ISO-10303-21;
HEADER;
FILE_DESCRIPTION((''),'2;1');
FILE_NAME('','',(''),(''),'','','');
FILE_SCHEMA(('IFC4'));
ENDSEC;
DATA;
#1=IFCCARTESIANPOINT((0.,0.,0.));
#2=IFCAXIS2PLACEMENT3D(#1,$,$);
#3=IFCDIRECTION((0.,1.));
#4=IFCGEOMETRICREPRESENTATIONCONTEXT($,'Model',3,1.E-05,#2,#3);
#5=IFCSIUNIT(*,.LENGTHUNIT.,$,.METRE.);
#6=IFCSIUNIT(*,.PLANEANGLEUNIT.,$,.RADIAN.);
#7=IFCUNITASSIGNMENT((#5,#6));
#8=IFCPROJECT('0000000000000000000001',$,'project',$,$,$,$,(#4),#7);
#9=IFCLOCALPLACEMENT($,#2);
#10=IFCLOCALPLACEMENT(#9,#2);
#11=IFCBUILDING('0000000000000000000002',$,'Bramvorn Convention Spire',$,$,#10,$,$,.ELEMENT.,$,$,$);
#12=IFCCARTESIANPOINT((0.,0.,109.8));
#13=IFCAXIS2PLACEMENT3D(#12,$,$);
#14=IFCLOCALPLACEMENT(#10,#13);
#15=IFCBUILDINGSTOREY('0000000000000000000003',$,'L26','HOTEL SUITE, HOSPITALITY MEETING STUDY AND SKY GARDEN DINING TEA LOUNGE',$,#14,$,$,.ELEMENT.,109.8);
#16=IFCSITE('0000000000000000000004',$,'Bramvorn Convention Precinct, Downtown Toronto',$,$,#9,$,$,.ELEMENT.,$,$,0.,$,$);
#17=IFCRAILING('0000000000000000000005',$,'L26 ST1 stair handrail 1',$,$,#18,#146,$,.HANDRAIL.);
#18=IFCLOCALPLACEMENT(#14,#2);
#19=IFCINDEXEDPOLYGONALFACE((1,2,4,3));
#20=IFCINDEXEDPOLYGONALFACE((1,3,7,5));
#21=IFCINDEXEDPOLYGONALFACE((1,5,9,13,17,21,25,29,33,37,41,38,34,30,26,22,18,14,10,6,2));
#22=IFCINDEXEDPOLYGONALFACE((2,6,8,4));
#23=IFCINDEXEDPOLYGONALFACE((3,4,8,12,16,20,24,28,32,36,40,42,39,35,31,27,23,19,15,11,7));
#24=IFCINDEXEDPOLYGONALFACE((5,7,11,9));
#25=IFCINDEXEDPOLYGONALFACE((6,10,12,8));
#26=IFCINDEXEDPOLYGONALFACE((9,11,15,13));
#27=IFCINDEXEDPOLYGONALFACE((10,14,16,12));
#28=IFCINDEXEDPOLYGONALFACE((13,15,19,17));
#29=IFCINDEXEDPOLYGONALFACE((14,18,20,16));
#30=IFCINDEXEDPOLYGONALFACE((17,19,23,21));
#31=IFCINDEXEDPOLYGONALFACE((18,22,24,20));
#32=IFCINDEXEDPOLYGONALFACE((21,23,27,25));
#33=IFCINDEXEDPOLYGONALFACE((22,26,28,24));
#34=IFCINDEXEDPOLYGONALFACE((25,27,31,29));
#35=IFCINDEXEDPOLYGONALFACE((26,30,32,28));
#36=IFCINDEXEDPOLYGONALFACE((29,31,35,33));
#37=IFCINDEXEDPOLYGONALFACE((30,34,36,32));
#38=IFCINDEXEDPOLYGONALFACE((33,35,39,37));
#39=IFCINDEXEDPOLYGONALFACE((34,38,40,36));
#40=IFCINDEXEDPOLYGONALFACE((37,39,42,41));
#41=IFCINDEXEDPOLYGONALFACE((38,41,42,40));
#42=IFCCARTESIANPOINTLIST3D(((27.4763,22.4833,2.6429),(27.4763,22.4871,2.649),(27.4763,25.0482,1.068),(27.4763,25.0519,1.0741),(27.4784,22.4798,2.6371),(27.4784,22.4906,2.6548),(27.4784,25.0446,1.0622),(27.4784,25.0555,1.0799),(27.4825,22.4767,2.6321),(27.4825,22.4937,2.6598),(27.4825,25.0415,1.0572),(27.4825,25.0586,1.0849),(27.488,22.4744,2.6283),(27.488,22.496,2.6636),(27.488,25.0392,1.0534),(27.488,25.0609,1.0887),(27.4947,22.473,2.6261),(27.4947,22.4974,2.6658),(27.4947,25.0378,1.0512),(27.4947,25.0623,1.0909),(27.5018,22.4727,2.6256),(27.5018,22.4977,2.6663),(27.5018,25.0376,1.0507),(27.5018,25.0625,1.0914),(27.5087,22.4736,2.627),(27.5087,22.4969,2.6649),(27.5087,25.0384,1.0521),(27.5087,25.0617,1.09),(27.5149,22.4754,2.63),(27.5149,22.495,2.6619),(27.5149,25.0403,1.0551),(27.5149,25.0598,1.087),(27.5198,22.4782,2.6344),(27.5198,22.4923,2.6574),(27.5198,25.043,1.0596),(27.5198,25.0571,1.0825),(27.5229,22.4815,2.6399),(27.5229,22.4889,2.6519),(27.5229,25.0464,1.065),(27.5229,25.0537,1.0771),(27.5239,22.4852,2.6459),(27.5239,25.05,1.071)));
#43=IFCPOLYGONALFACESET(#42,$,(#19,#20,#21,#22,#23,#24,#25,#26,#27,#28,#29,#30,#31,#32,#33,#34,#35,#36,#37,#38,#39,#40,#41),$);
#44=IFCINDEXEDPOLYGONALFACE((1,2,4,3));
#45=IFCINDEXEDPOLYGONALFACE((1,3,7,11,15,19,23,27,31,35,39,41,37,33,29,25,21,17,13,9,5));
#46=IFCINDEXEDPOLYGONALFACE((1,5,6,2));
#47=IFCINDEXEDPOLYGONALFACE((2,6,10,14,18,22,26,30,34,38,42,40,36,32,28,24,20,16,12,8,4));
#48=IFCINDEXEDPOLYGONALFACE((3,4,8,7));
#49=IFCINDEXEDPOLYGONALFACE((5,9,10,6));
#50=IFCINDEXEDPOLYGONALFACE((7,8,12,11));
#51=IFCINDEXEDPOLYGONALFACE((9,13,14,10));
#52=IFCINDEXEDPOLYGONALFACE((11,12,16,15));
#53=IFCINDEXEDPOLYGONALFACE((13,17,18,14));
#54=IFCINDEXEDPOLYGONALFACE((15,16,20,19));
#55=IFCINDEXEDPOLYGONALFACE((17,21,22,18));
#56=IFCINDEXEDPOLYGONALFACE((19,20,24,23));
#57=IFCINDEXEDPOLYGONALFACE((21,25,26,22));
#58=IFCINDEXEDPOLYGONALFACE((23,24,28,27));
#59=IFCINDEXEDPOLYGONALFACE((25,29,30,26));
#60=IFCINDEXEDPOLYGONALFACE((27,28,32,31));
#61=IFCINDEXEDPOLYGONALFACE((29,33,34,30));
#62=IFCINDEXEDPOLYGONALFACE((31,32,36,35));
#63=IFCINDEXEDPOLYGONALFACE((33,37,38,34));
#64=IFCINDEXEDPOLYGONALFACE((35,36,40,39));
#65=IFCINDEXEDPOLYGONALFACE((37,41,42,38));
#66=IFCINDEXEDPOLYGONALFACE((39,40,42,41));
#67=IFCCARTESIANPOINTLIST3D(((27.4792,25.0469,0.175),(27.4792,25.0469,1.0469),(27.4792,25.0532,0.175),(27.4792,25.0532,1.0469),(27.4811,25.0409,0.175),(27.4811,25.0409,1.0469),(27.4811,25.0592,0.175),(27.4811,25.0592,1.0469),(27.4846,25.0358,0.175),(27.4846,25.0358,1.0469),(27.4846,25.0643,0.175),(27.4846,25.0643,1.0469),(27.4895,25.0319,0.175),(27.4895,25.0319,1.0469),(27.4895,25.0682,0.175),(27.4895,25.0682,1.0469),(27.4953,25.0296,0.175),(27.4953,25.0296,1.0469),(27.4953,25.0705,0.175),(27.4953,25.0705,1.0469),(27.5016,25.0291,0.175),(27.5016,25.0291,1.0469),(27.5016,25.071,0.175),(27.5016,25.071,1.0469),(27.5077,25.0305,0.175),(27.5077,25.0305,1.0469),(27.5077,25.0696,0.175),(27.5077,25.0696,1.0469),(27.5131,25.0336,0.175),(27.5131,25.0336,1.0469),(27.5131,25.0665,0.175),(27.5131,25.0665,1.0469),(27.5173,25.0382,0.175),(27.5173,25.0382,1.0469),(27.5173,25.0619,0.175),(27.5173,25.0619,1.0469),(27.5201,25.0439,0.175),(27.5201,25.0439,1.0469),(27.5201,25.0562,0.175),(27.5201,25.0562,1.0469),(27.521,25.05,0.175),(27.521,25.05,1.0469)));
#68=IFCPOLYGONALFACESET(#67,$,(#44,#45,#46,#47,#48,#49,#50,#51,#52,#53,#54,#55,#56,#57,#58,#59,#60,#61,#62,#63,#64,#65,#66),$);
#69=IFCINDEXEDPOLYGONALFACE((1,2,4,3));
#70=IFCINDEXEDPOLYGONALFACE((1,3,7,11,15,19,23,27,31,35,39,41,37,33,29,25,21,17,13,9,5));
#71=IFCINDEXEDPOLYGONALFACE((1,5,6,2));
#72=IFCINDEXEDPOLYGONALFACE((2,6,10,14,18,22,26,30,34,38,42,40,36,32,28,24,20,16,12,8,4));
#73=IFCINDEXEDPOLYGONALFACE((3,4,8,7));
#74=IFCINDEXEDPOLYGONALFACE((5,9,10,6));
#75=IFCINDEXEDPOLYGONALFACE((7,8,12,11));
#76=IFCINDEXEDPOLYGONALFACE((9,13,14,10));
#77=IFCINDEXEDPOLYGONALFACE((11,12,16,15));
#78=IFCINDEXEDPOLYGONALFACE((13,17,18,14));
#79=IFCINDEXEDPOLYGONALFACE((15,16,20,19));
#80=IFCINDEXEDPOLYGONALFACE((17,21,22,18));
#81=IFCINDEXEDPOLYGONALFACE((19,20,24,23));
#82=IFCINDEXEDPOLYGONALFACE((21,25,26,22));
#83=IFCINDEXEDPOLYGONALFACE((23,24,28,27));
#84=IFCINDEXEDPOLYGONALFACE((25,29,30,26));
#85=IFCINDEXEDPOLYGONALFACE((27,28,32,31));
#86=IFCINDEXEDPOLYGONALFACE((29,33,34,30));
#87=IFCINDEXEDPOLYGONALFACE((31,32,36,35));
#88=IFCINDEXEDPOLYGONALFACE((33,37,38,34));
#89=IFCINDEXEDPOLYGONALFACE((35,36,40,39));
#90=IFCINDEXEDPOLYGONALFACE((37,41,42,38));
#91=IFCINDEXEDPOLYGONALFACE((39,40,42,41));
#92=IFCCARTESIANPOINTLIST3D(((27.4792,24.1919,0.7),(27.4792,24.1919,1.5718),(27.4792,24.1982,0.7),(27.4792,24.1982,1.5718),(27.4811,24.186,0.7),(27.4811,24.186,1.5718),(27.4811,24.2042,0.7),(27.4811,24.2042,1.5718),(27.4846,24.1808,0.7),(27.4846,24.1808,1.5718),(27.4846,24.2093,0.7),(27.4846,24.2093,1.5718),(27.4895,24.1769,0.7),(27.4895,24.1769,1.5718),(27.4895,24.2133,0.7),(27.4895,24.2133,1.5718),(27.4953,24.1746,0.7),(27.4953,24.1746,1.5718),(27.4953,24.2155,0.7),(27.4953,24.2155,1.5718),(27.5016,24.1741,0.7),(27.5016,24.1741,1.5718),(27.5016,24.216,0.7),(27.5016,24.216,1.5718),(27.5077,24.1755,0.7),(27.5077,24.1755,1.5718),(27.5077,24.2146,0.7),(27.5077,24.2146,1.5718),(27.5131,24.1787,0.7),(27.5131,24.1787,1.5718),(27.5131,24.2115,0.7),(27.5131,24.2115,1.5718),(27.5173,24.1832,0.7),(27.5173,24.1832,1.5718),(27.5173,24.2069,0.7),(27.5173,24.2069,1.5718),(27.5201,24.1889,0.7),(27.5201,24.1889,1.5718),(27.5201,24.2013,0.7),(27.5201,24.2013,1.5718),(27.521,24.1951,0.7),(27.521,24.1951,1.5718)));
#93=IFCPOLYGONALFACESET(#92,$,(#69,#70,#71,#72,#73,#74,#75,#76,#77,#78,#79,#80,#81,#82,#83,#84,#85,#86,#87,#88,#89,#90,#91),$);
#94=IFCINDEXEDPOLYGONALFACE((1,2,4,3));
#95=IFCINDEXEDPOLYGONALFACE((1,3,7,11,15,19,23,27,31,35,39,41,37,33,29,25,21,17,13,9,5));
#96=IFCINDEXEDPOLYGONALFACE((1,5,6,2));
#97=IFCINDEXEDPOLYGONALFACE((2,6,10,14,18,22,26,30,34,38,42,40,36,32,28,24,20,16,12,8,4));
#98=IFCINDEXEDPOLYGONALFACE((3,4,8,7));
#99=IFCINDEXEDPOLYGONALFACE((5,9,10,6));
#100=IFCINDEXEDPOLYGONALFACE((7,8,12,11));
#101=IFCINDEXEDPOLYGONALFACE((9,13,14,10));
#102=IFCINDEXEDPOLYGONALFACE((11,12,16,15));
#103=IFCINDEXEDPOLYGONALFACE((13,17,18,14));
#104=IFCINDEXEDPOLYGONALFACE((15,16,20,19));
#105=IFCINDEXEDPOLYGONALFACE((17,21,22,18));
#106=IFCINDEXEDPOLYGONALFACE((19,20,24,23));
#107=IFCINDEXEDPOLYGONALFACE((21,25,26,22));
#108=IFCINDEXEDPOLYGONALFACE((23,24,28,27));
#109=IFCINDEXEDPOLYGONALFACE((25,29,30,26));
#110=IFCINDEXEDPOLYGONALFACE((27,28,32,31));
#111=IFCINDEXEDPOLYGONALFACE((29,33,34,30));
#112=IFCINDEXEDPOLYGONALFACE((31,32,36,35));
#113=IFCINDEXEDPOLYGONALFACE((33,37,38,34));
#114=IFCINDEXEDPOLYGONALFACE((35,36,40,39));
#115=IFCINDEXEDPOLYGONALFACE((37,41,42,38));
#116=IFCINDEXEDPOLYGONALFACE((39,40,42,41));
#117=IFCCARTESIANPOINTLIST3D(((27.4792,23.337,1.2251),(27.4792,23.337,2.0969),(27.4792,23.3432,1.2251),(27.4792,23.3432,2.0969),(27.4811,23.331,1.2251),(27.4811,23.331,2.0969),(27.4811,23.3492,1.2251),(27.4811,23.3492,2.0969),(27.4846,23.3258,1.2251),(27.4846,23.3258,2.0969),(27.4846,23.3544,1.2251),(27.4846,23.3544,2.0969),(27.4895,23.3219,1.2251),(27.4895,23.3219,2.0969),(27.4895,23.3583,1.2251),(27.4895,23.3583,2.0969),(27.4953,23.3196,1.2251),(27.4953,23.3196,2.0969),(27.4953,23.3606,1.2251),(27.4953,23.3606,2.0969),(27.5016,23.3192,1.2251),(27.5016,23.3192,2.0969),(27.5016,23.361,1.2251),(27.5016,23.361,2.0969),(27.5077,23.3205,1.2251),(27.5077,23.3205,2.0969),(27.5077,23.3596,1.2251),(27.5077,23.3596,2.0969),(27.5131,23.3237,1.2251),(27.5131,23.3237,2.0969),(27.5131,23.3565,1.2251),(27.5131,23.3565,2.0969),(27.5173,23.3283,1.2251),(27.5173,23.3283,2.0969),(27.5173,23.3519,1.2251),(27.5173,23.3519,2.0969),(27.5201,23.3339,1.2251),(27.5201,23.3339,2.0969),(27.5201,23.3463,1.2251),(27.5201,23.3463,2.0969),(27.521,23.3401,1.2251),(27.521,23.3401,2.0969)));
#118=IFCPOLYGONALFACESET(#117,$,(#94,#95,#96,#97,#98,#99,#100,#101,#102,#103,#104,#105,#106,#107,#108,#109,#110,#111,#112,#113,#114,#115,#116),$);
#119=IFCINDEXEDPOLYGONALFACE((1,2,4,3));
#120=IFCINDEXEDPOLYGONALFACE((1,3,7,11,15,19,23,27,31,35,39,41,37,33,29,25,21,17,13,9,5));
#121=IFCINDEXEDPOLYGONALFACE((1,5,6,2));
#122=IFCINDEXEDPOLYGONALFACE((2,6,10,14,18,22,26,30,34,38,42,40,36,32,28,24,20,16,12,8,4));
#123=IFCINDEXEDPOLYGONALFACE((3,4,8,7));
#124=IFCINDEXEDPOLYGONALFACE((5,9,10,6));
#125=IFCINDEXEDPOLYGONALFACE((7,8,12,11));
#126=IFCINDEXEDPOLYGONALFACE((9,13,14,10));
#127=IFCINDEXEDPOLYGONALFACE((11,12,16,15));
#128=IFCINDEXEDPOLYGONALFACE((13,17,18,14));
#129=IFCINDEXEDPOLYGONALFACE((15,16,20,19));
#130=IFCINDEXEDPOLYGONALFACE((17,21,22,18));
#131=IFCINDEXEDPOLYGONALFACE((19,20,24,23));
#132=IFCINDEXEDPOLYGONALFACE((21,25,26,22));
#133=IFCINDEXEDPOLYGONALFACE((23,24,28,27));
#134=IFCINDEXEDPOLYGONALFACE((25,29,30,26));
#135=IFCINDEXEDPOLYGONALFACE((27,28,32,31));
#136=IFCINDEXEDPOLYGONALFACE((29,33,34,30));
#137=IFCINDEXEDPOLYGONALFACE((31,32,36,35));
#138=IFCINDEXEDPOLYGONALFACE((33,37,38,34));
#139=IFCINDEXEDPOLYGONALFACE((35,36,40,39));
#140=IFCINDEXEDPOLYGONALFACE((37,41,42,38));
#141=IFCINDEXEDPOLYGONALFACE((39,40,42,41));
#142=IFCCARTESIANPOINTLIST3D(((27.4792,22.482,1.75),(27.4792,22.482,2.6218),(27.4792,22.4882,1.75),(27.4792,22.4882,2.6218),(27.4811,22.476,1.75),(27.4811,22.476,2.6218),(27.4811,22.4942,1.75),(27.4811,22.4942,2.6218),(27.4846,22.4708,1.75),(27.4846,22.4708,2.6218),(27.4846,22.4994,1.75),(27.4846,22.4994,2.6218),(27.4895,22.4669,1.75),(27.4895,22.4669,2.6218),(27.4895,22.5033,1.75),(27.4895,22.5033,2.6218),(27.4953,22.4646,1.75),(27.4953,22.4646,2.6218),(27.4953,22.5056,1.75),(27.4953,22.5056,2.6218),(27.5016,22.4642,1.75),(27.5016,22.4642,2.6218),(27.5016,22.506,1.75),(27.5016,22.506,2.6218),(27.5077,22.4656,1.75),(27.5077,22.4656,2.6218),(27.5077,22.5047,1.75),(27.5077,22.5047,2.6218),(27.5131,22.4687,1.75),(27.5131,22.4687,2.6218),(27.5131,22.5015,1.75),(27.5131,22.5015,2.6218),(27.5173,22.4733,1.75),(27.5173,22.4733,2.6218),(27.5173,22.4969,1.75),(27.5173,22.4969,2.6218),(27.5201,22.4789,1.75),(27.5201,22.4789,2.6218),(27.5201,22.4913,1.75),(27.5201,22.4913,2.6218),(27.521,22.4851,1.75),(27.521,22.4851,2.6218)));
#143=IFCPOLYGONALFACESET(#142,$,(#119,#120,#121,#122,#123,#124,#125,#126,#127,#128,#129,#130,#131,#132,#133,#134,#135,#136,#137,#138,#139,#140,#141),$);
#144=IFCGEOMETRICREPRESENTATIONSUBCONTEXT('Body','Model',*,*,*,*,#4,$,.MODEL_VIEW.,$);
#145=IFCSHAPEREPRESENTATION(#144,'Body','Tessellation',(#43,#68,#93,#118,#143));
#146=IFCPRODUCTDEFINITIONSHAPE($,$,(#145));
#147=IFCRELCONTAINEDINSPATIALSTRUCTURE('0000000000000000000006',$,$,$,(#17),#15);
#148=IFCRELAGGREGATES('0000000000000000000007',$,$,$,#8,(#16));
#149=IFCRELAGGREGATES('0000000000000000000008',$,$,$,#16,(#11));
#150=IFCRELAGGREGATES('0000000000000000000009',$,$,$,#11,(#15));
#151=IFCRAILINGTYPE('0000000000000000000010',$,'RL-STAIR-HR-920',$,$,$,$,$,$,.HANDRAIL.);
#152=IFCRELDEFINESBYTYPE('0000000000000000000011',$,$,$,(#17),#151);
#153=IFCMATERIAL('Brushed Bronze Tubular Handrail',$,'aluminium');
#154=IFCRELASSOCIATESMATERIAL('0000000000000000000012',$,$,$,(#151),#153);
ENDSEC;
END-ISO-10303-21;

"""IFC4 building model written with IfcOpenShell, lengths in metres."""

from ifc_helpers import new_model, si_unit, direction, frame, origin, origin_2d, place, context, subcontext, project, spatial, circle, extrude, material, type_object, element, save


model = new_model("IFC4")

# Units and contexts
model_context = context("Model", 3, precision=1e-05, world=origin(), true_north=direction((0.0, 1.0)))
body_context = subcontext(model_context, "Body", "Model", "MODEL_VIEW")
ifc_project = project(units=[si_unit("LENGTHUNIT", "METRE"), si_unit("PLANEANGLEUNIT", "RADIAN")], contexts=[model_context])

# Site, building, storey
site_placement = place(None, origin())
site = spatial("IfcSite", under=ifc_project, at=site_placement, Name="Bramvorn Convention Precinct, Downtown Toronto", CompositionType="ELEMENT", RefElevation=0.0)
building_placement = place(site_placement, origin())
building = spatial("IfcBuilding", under=site, at=building_placement, Name="Bramvorn Convention Spire", CompositionType="ELEMENT")
storey_placement = place(building_placement, frame((0.0, 0.0, 109.8)))
storey = spatial("IfcBuildingStorey", under=building, at=storey_placement, Name="L26", Description="HOTEL SUITE, HOSPITALITY MEETING STUDY AND SKY GARDEN DINING TEA LOUNGE", CompositionType="ELEMENT", Elevation=109.8)

# Railing
ifc_material_1 = material(Name="Brushed Bronze Tubular Handrail", Category="aluminium")
railing_type_1 = type_object("IfcRailingType", Name="RL-STAIR-HR-920", PredefinedType="HANDRAIL", material=ifc_material_1)
railing_1_placement = place(storey_placement, frame((27.5, 25.05, 0.175)))
element("IfcRailing", 1, at=railing_1_placement, inside=storey, type_object=railing_type_1, Name="L26 ST1 stair handrail 1", PredefinedType="HANDRAIL", context=body_context, shape_type="SweptSolid", body=[
    extrude(circle(Radius=0.0239, at=origin_2d()), frame((0.0, 0.0, 0.896), z_axis=(0.0, -0.852173, 0.52326), x_axis=(1.0, 0.0, 0.0)), (0.0, 0.0, 1.0), 3.0098),
    extrude(circle(Radius=0.021, at=origin_2d()), origin(), (0.0, 0.0, 1.0), 0.8718),
    extrude(circle(Radius=0.021, at=origin_2d()), frame((0.0, -0.855, 0.5249)), (0.0, 0.0, 1.0), 0.8718),
    extrude(circle(Radius=0.021, at=origin_2d()), frame((0.0, -1.71, 1.05)), (0.0, 0.0, 1.0), 0.8718),
    extrude(circle(Radius=0.021, at=origin_2d()), frame((0.0, -2.5649, 1.575)), (0.0, 0.0, 1.0), 0.8718),
])

save(model, "model.ifc")
